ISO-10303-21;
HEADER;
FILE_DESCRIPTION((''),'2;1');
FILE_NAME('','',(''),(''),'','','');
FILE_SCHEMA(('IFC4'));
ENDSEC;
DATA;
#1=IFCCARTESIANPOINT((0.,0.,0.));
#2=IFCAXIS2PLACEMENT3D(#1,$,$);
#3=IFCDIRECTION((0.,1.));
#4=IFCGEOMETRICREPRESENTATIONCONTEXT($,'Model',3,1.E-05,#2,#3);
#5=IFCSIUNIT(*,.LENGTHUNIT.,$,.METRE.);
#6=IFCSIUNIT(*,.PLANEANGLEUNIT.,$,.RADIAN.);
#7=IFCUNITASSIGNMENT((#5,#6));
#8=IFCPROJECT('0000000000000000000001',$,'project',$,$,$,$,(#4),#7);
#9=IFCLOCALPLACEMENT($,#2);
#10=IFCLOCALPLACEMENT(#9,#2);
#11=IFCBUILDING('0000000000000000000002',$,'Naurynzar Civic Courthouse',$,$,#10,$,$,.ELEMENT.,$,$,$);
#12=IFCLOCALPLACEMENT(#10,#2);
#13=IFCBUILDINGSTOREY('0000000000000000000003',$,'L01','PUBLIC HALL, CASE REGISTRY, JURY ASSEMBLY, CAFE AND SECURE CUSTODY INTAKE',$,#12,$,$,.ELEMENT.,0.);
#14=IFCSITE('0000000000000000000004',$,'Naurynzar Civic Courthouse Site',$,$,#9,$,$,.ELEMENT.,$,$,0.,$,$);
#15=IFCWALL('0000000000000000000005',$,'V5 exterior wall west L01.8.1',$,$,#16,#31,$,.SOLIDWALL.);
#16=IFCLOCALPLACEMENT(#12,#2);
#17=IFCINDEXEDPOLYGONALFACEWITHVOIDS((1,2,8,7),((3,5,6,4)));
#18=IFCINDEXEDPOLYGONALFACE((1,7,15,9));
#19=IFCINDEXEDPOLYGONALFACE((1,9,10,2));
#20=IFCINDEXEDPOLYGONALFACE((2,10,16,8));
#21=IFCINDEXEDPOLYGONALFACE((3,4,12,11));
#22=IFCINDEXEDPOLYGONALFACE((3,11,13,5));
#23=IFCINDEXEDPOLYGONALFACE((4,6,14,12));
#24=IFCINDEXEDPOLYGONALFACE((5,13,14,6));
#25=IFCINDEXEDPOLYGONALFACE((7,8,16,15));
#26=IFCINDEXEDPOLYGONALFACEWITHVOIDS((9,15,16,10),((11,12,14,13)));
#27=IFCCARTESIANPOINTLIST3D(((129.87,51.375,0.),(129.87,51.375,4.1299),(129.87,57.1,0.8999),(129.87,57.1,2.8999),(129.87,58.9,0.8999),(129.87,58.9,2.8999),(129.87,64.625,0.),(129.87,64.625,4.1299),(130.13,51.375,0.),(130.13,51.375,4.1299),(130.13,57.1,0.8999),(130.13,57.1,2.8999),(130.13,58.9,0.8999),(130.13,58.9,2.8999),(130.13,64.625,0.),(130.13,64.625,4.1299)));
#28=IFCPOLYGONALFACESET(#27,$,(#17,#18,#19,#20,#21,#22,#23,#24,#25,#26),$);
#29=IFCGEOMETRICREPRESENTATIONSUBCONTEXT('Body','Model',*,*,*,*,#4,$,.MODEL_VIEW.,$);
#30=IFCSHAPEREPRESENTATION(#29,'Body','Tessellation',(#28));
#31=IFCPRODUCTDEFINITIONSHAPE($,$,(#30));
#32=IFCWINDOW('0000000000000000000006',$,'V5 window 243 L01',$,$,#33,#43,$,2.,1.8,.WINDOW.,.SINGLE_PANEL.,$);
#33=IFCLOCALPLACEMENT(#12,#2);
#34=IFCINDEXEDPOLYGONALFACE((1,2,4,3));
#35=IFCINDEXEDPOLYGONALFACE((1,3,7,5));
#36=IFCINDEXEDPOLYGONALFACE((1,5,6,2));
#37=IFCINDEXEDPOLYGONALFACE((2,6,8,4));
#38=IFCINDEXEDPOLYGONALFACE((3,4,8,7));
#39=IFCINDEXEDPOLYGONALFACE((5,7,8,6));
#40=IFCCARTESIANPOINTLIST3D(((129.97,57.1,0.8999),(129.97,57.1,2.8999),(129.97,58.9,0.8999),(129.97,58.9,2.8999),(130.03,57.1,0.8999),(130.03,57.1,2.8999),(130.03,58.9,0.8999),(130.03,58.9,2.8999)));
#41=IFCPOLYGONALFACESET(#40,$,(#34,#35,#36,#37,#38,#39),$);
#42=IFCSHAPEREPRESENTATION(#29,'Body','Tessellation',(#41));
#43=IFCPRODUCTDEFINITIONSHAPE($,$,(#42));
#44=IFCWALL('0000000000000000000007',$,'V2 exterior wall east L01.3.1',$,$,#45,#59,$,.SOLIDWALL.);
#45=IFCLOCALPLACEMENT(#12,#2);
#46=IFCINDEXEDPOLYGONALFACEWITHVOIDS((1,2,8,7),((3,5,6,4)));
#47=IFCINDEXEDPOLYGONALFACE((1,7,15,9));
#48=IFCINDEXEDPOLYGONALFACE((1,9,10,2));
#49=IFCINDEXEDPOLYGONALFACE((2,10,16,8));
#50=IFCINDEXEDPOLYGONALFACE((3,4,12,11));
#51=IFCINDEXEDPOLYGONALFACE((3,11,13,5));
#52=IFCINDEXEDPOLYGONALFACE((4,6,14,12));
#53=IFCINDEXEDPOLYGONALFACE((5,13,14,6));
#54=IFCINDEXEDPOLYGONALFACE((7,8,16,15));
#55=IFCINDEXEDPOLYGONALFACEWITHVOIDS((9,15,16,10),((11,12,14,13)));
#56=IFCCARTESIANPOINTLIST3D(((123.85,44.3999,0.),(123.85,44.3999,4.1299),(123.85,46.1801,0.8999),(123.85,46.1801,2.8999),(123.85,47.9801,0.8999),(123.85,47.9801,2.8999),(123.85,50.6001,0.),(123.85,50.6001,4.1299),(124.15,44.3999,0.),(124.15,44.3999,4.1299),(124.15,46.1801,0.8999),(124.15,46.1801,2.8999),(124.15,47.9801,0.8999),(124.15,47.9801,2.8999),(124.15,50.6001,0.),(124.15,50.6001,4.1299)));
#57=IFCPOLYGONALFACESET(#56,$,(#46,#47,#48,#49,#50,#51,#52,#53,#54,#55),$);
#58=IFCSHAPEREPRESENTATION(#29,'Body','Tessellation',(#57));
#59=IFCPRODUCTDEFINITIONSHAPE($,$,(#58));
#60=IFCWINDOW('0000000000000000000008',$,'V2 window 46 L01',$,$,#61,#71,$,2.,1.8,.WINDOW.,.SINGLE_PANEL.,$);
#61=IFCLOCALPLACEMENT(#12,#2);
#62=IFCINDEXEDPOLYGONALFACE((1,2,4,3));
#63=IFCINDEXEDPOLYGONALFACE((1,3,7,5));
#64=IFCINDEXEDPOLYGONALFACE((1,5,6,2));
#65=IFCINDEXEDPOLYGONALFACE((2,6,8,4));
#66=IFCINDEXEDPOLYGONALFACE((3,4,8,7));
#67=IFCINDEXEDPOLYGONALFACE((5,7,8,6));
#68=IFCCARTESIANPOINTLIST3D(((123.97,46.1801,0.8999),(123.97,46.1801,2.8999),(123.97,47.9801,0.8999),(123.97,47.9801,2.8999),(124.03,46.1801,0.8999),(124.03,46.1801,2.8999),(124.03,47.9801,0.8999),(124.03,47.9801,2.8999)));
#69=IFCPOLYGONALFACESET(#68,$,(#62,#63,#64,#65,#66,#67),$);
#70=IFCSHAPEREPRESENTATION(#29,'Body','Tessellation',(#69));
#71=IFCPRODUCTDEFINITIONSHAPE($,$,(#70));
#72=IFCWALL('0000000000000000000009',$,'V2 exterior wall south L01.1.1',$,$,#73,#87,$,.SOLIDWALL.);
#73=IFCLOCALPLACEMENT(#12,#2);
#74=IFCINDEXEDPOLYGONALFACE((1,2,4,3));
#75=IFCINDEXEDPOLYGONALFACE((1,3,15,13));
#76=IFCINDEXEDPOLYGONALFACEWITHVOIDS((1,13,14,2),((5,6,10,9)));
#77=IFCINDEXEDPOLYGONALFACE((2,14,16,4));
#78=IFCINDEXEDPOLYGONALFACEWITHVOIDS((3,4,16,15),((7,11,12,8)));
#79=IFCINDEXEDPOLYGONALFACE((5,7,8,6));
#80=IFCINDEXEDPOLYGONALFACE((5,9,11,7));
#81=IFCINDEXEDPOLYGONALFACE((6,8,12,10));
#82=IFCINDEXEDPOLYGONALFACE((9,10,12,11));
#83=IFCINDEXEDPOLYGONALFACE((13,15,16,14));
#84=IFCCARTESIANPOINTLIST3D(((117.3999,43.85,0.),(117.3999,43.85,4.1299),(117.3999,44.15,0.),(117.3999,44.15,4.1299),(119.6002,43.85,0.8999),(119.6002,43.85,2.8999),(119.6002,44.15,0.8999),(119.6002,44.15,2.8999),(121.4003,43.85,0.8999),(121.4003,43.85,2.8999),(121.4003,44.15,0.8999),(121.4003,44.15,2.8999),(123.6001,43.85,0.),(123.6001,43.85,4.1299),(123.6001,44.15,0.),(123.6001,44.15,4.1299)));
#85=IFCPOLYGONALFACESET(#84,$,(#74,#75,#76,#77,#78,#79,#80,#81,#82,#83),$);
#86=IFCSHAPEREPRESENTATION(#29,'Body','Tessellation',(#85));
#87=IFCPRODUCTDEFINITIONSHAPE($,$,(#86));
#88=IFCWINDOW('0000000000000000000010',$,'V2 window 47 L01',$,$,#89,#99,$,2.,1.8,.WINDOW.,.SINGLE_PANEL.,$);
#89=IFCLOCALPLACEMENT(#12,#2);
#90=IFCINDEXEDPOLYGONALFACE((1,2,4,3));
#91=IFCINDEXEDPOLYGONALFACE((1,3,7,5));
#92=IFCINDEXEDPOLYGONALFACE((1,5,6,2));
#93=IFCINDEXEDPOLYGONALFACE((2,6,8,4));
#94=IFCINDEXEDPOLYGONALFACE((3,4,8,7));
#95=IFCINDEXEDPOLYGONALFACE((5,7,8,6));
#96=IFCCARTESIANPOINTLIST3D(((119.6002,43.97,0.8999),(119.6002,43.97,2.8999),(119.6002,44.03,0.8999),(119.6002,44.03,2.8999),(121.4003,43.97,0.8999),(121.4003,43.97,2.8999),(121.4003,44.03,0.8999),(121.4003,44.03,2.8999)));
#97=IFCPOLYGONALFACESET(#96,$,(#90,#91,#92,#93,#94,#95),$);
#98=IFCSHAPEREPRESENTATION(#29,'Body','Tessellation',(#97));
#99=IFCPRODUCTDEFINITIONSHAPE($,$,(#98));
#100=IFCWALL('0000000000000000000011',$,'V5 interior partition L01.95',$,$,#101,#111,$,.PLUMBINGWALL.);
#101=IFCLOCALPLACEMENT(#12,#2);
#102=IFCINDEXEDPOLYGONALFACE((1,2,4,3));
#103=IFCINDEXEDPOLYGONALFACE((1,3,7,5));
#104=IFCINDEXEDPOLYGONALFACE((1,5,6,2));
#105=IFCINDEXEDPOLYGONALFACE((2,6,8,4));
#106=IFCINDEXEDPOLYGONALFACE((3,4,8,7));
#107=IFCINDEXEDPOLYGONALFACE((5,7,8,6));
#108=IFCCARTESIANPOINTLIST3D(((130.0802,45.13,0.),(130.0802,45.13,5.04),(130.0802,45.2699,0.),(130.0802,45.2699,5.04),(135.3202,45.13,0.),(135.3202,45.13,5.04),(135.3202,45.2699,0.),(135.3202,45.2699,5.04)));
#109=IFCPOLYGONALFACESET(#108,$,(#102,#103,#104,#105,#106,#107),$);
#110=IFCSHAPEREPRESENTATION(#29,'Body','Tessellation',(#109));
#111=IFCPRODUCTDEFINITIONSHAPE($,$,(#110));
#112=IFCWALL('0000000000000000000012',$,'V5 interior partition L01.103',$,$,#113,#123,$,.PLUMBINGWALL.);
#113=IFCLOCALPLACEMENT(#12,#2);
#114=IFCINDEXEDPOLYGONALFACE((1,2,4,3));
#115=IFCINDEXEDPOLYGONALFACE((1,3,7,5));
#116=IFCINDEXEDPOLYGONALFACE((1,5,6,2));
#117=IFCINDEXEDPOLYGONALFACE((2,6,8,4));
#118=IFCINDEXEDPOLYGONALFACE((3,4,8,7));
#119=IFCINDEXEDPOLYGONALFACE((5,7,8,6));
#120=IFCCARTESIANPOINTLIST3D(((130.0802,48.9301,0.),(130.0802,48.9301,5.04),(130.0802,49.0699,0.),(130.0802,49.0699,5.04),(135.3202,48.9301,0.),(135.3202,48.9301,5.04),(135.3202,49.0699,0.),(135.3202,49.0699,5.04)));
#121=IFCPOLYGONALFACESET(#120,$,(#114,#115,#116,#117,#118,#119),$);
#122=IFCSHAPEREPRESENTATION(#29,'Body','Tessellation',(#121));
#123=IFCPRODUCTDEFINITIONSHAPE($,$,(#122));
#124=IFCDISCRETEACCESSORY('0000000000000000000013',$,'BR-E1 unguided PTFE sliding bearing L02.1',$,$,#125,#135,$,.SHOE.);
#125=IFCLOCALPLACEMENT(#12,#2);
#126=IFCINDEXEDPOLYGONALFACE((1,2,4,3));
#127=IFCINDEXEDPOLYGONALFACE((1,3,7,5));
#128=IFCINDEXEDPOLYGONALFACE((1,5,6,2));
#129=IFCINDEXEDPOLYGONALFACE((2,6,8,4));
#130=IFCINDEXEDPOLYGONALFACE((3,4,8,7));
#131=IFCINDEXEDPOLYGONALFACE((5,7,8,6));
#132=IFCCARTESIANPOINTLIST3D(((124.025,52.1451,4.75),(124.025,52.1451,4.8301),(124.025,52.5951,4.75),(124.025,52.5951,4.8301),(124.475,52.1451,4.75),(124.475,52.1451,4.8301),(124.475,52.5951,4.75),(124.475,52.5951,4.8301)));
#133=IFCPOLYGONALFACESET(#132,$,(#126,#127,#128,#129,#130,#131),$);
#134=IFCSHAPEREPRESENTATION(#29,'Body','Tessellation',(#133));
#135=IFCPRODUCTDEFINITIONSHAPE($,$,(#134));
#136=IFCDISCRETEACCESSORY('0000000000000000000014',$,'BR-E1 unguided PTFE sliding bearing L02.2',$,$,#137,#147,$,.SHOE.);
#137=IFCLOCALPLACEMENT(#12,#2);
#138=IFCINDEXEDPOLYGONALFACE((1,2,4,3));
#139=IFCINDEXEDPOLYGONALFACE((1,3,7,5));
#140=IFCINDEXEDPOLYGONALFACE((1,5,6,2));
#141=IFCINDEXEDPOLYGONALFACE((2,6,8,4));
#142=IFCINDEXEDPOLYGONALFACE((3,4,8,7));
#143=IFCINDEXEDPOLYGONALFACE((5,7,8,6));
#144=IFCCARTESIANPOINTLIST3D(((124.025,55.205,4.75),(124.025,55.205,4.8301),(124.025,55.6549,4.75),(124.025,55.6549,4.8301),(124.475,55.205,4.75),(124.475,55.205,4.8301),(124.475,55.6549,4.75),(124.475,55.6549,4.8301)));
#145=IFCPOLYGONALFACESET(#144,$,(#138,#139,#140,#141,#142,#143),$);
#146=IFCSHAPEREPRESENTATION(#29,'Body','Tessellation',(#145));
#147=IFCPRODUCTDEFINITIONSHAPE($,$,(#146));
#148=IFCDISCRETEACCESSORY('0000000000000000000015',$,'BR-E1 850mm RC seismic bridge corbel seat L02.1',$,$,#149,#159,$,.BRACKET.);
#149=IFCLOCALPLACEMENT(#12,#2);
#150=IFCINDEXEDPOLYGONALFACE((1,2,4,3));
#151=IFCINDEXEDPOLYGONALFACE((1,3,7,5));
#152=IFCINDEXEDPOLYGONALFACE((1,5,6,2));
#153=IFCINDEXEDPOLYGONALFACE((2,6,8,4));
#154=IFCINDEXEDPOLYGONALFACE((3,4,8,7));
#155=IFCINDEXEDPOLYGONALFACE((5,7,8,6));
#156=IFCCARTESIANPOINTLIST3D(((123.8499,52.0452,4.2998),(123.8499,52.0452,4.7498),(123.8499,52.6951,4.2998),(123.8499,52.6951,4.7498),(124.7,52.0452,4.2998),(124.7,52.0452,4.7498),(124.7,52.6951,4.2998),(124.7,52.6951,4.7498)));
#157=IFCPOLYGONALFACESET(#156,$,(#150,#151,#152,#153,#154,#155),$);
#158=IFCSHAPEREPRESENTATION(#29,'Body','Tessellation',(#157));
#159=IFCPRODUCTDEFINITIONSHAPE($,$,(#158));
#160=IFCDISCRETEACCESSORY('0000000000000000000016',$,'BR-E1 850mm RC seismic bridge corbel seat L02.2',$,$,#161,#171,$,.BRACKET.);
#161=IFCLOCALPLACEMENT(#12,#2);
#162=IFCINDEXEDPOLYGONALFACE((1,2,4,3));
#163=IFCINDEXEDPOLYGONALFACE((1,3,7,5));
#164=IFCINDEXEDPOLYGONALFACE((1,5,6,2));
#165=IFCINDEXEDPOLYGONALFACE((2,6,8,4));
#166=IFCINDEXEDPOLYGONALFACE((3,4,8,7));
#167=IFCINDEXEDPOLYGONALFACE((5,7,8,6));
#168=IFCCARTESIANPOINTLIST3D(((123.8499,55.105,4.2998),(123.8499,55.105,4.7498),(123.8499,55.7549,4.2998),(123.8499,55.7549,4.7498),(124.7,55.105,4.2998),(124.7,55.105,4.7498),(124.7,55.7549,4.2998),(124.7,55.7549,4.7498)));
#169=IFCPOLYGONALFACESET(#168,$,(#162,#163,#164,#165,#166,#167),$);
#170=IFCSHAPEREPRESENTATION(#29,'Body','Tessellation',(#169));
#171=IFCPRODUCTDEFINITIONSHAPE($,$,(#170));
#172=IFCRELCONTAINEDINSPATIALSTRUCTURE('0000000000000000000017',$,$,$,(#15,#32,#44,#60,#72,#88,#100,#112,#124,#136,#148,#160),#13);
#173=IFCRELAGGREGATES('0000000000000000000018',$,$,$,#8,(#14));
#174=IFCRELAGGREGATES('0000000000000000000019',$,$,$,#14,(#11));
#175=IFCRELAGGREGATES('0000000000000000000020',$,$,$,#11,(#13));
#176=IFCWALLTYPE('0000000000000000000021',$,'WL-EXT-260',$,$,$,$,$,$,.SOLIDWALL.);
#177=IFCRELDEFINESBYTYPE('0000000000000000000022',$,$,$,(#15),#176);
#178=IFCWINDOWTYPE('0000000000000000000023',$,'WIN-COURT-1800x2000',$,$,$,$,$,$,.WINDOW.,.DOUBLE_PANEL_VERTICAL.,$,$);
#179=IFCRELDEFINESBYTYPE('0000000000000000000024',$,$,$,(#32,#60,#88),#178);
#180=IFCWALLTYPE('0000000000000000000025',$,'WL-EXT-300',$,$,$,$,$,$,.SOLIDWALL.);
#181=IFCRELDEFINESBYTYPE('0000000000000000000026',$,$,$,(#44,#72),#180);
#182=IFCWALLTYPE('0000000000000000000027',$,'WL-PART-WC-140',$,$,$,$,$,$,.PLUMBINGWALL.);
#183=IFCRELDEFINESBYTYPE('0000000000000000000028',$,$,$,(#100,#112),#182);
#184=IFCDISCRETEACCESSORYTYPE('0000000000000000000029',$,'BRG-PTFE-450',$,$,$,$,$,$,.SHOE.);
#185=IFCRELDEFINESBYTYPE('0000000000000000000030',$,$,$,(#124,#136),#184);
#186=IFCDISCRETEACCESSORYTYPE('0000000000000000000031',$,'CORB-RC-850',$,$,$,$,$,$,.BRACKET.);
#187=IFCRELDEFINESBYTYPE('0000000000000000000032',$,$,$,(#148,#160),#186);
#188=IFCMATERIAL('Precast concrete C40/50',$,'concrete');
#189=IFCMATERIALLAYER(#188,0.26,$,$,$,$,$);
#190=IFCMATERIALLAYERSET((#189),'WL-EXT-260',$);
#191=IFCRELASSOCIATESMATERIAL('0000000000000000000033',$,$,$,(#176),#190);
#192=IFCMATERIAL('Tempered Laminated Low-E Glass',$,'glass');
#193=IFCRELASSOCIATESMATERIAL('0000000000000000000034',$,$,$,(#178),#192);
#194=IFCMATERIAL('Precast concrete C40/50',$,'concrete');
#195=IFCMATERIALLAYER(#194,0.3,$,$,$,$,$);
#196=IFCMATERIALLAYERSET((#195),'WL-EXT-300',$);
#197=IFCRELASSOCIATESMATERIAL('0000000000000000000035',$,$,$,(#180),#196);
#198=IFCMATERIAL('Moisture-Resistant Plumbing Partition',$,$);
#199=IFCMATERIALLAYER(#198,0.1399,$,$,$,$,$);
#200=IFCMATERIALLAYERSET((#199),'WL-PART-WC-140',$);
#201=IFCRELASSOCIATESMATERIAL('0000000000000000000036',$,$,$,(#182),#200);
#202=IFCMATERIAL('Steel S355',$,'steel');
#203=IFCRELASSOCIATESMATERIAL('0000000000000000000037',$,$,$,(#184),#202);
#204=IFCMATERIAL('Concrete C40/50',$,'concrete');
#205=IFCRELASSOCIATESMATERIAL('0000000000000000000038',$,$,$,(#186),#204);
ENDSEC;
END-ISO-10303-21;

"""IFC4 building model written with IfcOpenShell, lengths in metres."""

from ifc_helpers import new_model, si_unit, direction, frame, frame_2d, origin, origin_2d, place, context, subcontext, project, spatial, rectangle, extrude, material, layer, layer_set, type_object, element, fill, save


model = new_model("IFC4")

# Units and contexts
model_context = context("Model", 3, precision=1e-05, world=origin(), true_north=direction((0.0, 1.0)))
body_context = subcontext(model_context, "Body", "Model", "MODEL_VIEW")
ifc_project = project(units=[si_unit("LENGTHUNIT", "METRE"), si_unit("PLANEANGLEUNIT", "RADIAN")], contexts=[model_context])

# Site, building, storey
site_placement = place(None, origin())
site = spatial("IfcSite", under=ifc_project, at=site_placement, Name="Naurynzar Civic Courthouse Site", CompositionType="ELEMENT", RefElevation=0.0)
building_placement = place(site_placement, origin())
building = spatial("IfcBuilding", under=site, at=building_placement, Name="Naurynzar Civic Courthouse", CompositionType="ELEMENT")
storey_placement = place(building_placement, origin())
storey = spatial("IfcBuildingStorey", under=building, at=storey_placement, Name="L01", Description="PUBLIC HALL, CASE REGISTRY, JURY ASSEMBLY, CAFE AND SECURE CUSTODY INTAKE", CompositionType="ELEMENT", Elevation=0.0)

# Walls, openings, windows
ifc_material_1 = material(Name="Precast concrete C40/50", Category="concrete")
ifc_layer_1 = layer(ifc_material_1, 0.26)
ifc_layer_set_1 = layer_set([ifc_layer_1], Name="WL-EXT-260")
wall_type_1 = type_object("IfcWallType", Name="WL-EXT-260", PredefinedType="SOLIDWALL", material=ifc_layer_set_1)
ifc_material_2 = material(Name="Tempered Laminated Low-E Glass", Category="glass")
window_type = type_object("IfcWindowType", Name="WIN-COURT-1800x2000", PartitioningType="DOUBLE_PANEL_VERTICAL", PredefinedType="WINDOW", material=ifc_material_2)
wall_1_placement = place(storey_placement, frame((130.0, 51.375, 0.0), z_axis=(0.0, 0.0, 1.0), x_axis=(0.0, 1.0, 0.0)))
wall_1 = element("IfcWall", 1, at=wall_1_placement, inside=storey, type_object=wall_type_1, Name="V5 exterior wall west L01.8.1", PredefinedType="SOLIDWALL", context=body_context, shape_type="SweptSolid", body=[
    extrude(rectangle(XDim=13.25, YDim=0.26, at=frame_2d((6.625, 0.0))), origin(), (0.0, 0.0, 1.0), 4.1299),
])
opening_1_placement = place(wall_1_placement, frame((5.7251, 0.0, 0.8999)))
opening_1 = element("IfcOpeningElement", 2, at=opening_1_placement, cuts=wall_1, PredefinedType="OPENING", context=body_context, shape_type="SweptSolid", body=[
    extrude(rectangle(XDim=1.8, YDim=2.0, at=frame_2d((0.8999, 1.0))), frame((0.0, 0.1399, 0.0), z_axis=(0.0, -1.0, 0.0), x_axis=(1.0, 0.0, 0.0)), (0.0, 0.0, 1.0), 0.28),
])
window_1_placement = place(opening_1_placement, origin())
window_1 = element("IfcWindow", 3, at=window_1_placement, inside=storey, type_object=window_type, Name="V5 window 243 L01", OverallHeight=2.0, OverallWidth=1.8, PartitioningType="SINGLE_PANEL", PredefinedType="WINDOW", context=body_context, shape_type="SweptSolid", body=[
    extrude(rectangle(XDim=1.8, YDim=2.0, at=frame_2d((0.8999, 1.0))), frame((0.0, 0.03, 0.0), z_axis=(0.0, -1.0, 0.0), x_axis=(1.0, 0.0, 0.0)), (0.0, 0.0, 1.0), 0.0601),
])
fill(opening_1, window_1)
ifc_material_3 = material(Name="Precast concrete C40/50", Category="concrete")
ifc_layer_2 = layer(ifc_material_3, 0.3)
ifc_layer_set_2 = layer_set([ifc_layer_2], Name="WL-EXT-300")
wall_type_2 = type_object("IfcWallType", Name="WL-EXT-300", PredefinedType="SOLIDWALL", material=ifc_layer_set_2)
wall_2_placement = place(storey_placement, frame((124.0, 50.6001, 0.0), z_axis=(0.0, 0.0, 1.0), x_axis=(0.0, -1.0, 0.0)))
wall_2 = element("IfcWall", 4, at=wall_2_placement, inside=storey, type_object=wall_type_2, Name="V2 exterior wall east L01.3.1", PredefinedType="SOLIDWALL", context=body_context, shape_type="SweptSolid", body=[
    extrude(rectangle(XDim=6.2002, YDim=0.3, at=frame_2d((3.1001, 0.0))), origin(), (0.0, 0.0, 1.0), 4.1299),
])
opening_2_placement = place(wall_2_placement, frame((2.6201, 0.0, 0.8999)))
opening_2 = element("IfcOpeningElement", 5, at=opening_2_placement, cuts=wall_2, PredefinedType="OPENING", context=body_context, shape_type="SweptSolid", body=[
    extrude(rectangle(XDim=1.8, YDim=2.0, at=frame_2d((0.8999, 1.0))), frame((0.0, 0.1599, 0.0), z_axis=(0.0, -1.0, 0.0), x_axis=(1.0, 0.0, 0.0)), (0.0, 0.0, 1.0), 0.3201),
])
window_2_placement = place(opening_2_placement, origin())
window_2 = element("IfcWindow", 6, at=window_2_placement, inside=storey, type_object=window_type, Name="V2 window 46 L01", OverallHeight=2.0, OverallWidth=1.8, PartitioningType="SINGLE_PANEL", PredefinedType="WINDOW", context=body_context, shape_type="SweptSolid", body=[
    extrude(rectangle(XDim=1.8, YDim=2.0, at=frame_2d((0.8999, 1.0))), frame((0.0, 0.03, 0.0), z_axis=(0.0, -1.0, 0.0), x_axis=(1.0, 0.0, 0.0)), (0.0, 0.0, 1.0), 0.0601),
])
fill(opening_2, window_2)
wall_3_placement = place(storey_placement, frame((123.6001, 44.0, 0.0), z_axis=(0.0, 0.0, 1.0), x_axis=(-1.0, 0.0, 0.0)))
wall_3 = element("IfcWall", 7, at=wall_3_placement, inside=storey, type_object=wall_type_2, Name="V2 exterior wall south L01.1.1", PredefinedType="SOLIDWALL", context=body_context, shape_type="SweptSolid", body=[
    extrude(rectangle(XDim=6.2002, YDim=0.3, at=frame_2d((3.1001, 0.0))), origin(), (0.0, 0.0, 1.0), 4.1299),
])
opening_3_placement = place(wall_3_placement, frame((2.2, 0.0, 0.8999)))
opening_3 = element("IfcOpeningElement", 8, at=opening_3_placement, cuts=wall_3, PredefinedType="OPENING", context=body_context, shape_type="SweptSolid", body=[
    extrude(rectangle(XDim=1.8, YDim=2.0, at=frame_2d((0.8999, 1.0))), frame((0.0, 0.1599, 0.0), z_axis=(0.0, -1.0, 0.0), x_axis=(1.0, 0.0, 0.0)), (0.0, 0.0, 1.0), 0.3201),
])
window_3_placement = place(opening_3_placement, origin())
window_3 = element("IfcWindow", 9, at=window_3_placement, inside=storey, type_object=window_type, Name="V2 window 47 L01", OverallHeight=2.0, OverallWidth=1.8, PartitioningType="SINGLE_PANEL", PredefinedType="WINDOW", context=body_context, shape_type="SweptSolid", body=[
    extrude(rectangle(XDim=1.8, YDim=2.0, at=frame_2d((0.8999, 1.0))), frame((0.0, 0.03, 0.0), z_axis=(0.0, -1.0, 0.0), x_axis=(1.0, 0.0, 0.0)), (0.0, 0.0, 1.0), 0.0601),
])
fill(opening_3, window_3)

# Walls
ifc_material_4 = material(Name="Moisture-Resistant Plumbing Partition")
ifc_layer_3 = layer(ifc_material_4, 0.1399)
ifc_layer_set_3 = layer_set([ifc_layer_3], Name="WL-PART-WC-140")
wall_type_3 = type_object("IfcWallType", Name="WL-PART-WC-140", PredefinedType="PLUMBINGWALL", material=ifc_layer_set_3)
for number, where, z_axis, x_axis, name in (
    (10, (130.0801, 45.2, 0.0), (0.0, 0.0, 1.0), (1.0, 0.0, 0.0), "V5 interior partition L01.95"),
    (11, (130.0801, 49.0, 0.0), (0.0, 0.0, 1.0), (1.0, 0.0, 0.0), "V5 interior partition L01.103"),
):
    element("IfcWall", number, at=place(storey_placement, frame(where, z_axis=z_axis, x_axis=x_axis)), inside=storey, type_object=wall_type_3, Name=name, PredefinedType="PLUMBINGWALL", context=body_context, shape_type="SweptSolid", body=[
        extrude(rectangle(XDim=5.24, YDim=0.1399, at=frame_2d((2.6201, 0.0))), origin(), (0.0, 0.0, 1.0), 5.04),
    ])

# Discrete accessories
ifc_material_5 = material(Name="Steel S355", Category="steel")
discrete_accessory_type_1 = type_object("IfcDiscreteAccessoryType", Name="BRG-PTFE-450", PredefinedType="SHOE", material=ifc_material_5)
for number, where, z_axis, x_axis, name in (
    (12, (124.25, 52.3701, 4.75), (0.0, 0.0, 1.0), (1.0, 0.0, 0.0), "BR-E1 unguided PTFE sliding bearing L02.1"),
    (13, (124.25, 55.4299, 4.75), (0.0, 0.0, 1.0), (1.0, 0.0, 0.0), "BR-E1 unguided PTFE sliding bearing L02.2"),
):
    element("IfcDiscreteAccessory", number, at=place(storey_placement, frame(where, z_axis=z_axis, x_axis=x_axis)), inside=storey, type_object=discrete_accessory_type_1, Name=name, PredefinedType="SHOE", context=body_context, shape_type="SweptSolid", body=[
        extrude(rectangle(XDim=0.45, YDim=0.45, at=origin_2d()), origin(), (0.0, 0.0, 1.0), 0.0801),
    ])
ifc_material_6 = material(Name="Concrete C40/50", Category="concrete")
discrete_accessory_type_2 = type_object("IfcDiscreteAccessoryType", Name="CORB-RC-850", PredefinedType="BRACKET", material=ifc_material_6)
for number, where, z_axis, x_axis, name in (
    (14, (124.2749, 52.3701, 4.2998), (0.0, 0.0, 1.0), (1.0, 0.0, 0.0), "BR-E1 850mm RC seismic bridge corbel seat L02.1"),
    (15, (124.2749, 55.4299, 4.2998), (0.0, 0.0, 1.0), (1.0, 0.0, 0.0), "BR-E1 850mm RC seismic bridge corbel seat L02.2"),
):
    element("IfcDiscreteAccessory", number, at=place(storey_placement, frame(where, z_axis=z_axis, x_axis=x_axis)), inside=storey, type_object=discrete_accessory_type_2, Name=name, PredefinedType="BRACKET", context=body_context, shape_type="SweptSolid", body=[
        extrude(rectangle(XDim=0.8501, YDim=0.6499, at=origin_2d()), origin(), (0.0, 0.0, 1.0), 0.45),
    ])

save(model, "model.ifc")
